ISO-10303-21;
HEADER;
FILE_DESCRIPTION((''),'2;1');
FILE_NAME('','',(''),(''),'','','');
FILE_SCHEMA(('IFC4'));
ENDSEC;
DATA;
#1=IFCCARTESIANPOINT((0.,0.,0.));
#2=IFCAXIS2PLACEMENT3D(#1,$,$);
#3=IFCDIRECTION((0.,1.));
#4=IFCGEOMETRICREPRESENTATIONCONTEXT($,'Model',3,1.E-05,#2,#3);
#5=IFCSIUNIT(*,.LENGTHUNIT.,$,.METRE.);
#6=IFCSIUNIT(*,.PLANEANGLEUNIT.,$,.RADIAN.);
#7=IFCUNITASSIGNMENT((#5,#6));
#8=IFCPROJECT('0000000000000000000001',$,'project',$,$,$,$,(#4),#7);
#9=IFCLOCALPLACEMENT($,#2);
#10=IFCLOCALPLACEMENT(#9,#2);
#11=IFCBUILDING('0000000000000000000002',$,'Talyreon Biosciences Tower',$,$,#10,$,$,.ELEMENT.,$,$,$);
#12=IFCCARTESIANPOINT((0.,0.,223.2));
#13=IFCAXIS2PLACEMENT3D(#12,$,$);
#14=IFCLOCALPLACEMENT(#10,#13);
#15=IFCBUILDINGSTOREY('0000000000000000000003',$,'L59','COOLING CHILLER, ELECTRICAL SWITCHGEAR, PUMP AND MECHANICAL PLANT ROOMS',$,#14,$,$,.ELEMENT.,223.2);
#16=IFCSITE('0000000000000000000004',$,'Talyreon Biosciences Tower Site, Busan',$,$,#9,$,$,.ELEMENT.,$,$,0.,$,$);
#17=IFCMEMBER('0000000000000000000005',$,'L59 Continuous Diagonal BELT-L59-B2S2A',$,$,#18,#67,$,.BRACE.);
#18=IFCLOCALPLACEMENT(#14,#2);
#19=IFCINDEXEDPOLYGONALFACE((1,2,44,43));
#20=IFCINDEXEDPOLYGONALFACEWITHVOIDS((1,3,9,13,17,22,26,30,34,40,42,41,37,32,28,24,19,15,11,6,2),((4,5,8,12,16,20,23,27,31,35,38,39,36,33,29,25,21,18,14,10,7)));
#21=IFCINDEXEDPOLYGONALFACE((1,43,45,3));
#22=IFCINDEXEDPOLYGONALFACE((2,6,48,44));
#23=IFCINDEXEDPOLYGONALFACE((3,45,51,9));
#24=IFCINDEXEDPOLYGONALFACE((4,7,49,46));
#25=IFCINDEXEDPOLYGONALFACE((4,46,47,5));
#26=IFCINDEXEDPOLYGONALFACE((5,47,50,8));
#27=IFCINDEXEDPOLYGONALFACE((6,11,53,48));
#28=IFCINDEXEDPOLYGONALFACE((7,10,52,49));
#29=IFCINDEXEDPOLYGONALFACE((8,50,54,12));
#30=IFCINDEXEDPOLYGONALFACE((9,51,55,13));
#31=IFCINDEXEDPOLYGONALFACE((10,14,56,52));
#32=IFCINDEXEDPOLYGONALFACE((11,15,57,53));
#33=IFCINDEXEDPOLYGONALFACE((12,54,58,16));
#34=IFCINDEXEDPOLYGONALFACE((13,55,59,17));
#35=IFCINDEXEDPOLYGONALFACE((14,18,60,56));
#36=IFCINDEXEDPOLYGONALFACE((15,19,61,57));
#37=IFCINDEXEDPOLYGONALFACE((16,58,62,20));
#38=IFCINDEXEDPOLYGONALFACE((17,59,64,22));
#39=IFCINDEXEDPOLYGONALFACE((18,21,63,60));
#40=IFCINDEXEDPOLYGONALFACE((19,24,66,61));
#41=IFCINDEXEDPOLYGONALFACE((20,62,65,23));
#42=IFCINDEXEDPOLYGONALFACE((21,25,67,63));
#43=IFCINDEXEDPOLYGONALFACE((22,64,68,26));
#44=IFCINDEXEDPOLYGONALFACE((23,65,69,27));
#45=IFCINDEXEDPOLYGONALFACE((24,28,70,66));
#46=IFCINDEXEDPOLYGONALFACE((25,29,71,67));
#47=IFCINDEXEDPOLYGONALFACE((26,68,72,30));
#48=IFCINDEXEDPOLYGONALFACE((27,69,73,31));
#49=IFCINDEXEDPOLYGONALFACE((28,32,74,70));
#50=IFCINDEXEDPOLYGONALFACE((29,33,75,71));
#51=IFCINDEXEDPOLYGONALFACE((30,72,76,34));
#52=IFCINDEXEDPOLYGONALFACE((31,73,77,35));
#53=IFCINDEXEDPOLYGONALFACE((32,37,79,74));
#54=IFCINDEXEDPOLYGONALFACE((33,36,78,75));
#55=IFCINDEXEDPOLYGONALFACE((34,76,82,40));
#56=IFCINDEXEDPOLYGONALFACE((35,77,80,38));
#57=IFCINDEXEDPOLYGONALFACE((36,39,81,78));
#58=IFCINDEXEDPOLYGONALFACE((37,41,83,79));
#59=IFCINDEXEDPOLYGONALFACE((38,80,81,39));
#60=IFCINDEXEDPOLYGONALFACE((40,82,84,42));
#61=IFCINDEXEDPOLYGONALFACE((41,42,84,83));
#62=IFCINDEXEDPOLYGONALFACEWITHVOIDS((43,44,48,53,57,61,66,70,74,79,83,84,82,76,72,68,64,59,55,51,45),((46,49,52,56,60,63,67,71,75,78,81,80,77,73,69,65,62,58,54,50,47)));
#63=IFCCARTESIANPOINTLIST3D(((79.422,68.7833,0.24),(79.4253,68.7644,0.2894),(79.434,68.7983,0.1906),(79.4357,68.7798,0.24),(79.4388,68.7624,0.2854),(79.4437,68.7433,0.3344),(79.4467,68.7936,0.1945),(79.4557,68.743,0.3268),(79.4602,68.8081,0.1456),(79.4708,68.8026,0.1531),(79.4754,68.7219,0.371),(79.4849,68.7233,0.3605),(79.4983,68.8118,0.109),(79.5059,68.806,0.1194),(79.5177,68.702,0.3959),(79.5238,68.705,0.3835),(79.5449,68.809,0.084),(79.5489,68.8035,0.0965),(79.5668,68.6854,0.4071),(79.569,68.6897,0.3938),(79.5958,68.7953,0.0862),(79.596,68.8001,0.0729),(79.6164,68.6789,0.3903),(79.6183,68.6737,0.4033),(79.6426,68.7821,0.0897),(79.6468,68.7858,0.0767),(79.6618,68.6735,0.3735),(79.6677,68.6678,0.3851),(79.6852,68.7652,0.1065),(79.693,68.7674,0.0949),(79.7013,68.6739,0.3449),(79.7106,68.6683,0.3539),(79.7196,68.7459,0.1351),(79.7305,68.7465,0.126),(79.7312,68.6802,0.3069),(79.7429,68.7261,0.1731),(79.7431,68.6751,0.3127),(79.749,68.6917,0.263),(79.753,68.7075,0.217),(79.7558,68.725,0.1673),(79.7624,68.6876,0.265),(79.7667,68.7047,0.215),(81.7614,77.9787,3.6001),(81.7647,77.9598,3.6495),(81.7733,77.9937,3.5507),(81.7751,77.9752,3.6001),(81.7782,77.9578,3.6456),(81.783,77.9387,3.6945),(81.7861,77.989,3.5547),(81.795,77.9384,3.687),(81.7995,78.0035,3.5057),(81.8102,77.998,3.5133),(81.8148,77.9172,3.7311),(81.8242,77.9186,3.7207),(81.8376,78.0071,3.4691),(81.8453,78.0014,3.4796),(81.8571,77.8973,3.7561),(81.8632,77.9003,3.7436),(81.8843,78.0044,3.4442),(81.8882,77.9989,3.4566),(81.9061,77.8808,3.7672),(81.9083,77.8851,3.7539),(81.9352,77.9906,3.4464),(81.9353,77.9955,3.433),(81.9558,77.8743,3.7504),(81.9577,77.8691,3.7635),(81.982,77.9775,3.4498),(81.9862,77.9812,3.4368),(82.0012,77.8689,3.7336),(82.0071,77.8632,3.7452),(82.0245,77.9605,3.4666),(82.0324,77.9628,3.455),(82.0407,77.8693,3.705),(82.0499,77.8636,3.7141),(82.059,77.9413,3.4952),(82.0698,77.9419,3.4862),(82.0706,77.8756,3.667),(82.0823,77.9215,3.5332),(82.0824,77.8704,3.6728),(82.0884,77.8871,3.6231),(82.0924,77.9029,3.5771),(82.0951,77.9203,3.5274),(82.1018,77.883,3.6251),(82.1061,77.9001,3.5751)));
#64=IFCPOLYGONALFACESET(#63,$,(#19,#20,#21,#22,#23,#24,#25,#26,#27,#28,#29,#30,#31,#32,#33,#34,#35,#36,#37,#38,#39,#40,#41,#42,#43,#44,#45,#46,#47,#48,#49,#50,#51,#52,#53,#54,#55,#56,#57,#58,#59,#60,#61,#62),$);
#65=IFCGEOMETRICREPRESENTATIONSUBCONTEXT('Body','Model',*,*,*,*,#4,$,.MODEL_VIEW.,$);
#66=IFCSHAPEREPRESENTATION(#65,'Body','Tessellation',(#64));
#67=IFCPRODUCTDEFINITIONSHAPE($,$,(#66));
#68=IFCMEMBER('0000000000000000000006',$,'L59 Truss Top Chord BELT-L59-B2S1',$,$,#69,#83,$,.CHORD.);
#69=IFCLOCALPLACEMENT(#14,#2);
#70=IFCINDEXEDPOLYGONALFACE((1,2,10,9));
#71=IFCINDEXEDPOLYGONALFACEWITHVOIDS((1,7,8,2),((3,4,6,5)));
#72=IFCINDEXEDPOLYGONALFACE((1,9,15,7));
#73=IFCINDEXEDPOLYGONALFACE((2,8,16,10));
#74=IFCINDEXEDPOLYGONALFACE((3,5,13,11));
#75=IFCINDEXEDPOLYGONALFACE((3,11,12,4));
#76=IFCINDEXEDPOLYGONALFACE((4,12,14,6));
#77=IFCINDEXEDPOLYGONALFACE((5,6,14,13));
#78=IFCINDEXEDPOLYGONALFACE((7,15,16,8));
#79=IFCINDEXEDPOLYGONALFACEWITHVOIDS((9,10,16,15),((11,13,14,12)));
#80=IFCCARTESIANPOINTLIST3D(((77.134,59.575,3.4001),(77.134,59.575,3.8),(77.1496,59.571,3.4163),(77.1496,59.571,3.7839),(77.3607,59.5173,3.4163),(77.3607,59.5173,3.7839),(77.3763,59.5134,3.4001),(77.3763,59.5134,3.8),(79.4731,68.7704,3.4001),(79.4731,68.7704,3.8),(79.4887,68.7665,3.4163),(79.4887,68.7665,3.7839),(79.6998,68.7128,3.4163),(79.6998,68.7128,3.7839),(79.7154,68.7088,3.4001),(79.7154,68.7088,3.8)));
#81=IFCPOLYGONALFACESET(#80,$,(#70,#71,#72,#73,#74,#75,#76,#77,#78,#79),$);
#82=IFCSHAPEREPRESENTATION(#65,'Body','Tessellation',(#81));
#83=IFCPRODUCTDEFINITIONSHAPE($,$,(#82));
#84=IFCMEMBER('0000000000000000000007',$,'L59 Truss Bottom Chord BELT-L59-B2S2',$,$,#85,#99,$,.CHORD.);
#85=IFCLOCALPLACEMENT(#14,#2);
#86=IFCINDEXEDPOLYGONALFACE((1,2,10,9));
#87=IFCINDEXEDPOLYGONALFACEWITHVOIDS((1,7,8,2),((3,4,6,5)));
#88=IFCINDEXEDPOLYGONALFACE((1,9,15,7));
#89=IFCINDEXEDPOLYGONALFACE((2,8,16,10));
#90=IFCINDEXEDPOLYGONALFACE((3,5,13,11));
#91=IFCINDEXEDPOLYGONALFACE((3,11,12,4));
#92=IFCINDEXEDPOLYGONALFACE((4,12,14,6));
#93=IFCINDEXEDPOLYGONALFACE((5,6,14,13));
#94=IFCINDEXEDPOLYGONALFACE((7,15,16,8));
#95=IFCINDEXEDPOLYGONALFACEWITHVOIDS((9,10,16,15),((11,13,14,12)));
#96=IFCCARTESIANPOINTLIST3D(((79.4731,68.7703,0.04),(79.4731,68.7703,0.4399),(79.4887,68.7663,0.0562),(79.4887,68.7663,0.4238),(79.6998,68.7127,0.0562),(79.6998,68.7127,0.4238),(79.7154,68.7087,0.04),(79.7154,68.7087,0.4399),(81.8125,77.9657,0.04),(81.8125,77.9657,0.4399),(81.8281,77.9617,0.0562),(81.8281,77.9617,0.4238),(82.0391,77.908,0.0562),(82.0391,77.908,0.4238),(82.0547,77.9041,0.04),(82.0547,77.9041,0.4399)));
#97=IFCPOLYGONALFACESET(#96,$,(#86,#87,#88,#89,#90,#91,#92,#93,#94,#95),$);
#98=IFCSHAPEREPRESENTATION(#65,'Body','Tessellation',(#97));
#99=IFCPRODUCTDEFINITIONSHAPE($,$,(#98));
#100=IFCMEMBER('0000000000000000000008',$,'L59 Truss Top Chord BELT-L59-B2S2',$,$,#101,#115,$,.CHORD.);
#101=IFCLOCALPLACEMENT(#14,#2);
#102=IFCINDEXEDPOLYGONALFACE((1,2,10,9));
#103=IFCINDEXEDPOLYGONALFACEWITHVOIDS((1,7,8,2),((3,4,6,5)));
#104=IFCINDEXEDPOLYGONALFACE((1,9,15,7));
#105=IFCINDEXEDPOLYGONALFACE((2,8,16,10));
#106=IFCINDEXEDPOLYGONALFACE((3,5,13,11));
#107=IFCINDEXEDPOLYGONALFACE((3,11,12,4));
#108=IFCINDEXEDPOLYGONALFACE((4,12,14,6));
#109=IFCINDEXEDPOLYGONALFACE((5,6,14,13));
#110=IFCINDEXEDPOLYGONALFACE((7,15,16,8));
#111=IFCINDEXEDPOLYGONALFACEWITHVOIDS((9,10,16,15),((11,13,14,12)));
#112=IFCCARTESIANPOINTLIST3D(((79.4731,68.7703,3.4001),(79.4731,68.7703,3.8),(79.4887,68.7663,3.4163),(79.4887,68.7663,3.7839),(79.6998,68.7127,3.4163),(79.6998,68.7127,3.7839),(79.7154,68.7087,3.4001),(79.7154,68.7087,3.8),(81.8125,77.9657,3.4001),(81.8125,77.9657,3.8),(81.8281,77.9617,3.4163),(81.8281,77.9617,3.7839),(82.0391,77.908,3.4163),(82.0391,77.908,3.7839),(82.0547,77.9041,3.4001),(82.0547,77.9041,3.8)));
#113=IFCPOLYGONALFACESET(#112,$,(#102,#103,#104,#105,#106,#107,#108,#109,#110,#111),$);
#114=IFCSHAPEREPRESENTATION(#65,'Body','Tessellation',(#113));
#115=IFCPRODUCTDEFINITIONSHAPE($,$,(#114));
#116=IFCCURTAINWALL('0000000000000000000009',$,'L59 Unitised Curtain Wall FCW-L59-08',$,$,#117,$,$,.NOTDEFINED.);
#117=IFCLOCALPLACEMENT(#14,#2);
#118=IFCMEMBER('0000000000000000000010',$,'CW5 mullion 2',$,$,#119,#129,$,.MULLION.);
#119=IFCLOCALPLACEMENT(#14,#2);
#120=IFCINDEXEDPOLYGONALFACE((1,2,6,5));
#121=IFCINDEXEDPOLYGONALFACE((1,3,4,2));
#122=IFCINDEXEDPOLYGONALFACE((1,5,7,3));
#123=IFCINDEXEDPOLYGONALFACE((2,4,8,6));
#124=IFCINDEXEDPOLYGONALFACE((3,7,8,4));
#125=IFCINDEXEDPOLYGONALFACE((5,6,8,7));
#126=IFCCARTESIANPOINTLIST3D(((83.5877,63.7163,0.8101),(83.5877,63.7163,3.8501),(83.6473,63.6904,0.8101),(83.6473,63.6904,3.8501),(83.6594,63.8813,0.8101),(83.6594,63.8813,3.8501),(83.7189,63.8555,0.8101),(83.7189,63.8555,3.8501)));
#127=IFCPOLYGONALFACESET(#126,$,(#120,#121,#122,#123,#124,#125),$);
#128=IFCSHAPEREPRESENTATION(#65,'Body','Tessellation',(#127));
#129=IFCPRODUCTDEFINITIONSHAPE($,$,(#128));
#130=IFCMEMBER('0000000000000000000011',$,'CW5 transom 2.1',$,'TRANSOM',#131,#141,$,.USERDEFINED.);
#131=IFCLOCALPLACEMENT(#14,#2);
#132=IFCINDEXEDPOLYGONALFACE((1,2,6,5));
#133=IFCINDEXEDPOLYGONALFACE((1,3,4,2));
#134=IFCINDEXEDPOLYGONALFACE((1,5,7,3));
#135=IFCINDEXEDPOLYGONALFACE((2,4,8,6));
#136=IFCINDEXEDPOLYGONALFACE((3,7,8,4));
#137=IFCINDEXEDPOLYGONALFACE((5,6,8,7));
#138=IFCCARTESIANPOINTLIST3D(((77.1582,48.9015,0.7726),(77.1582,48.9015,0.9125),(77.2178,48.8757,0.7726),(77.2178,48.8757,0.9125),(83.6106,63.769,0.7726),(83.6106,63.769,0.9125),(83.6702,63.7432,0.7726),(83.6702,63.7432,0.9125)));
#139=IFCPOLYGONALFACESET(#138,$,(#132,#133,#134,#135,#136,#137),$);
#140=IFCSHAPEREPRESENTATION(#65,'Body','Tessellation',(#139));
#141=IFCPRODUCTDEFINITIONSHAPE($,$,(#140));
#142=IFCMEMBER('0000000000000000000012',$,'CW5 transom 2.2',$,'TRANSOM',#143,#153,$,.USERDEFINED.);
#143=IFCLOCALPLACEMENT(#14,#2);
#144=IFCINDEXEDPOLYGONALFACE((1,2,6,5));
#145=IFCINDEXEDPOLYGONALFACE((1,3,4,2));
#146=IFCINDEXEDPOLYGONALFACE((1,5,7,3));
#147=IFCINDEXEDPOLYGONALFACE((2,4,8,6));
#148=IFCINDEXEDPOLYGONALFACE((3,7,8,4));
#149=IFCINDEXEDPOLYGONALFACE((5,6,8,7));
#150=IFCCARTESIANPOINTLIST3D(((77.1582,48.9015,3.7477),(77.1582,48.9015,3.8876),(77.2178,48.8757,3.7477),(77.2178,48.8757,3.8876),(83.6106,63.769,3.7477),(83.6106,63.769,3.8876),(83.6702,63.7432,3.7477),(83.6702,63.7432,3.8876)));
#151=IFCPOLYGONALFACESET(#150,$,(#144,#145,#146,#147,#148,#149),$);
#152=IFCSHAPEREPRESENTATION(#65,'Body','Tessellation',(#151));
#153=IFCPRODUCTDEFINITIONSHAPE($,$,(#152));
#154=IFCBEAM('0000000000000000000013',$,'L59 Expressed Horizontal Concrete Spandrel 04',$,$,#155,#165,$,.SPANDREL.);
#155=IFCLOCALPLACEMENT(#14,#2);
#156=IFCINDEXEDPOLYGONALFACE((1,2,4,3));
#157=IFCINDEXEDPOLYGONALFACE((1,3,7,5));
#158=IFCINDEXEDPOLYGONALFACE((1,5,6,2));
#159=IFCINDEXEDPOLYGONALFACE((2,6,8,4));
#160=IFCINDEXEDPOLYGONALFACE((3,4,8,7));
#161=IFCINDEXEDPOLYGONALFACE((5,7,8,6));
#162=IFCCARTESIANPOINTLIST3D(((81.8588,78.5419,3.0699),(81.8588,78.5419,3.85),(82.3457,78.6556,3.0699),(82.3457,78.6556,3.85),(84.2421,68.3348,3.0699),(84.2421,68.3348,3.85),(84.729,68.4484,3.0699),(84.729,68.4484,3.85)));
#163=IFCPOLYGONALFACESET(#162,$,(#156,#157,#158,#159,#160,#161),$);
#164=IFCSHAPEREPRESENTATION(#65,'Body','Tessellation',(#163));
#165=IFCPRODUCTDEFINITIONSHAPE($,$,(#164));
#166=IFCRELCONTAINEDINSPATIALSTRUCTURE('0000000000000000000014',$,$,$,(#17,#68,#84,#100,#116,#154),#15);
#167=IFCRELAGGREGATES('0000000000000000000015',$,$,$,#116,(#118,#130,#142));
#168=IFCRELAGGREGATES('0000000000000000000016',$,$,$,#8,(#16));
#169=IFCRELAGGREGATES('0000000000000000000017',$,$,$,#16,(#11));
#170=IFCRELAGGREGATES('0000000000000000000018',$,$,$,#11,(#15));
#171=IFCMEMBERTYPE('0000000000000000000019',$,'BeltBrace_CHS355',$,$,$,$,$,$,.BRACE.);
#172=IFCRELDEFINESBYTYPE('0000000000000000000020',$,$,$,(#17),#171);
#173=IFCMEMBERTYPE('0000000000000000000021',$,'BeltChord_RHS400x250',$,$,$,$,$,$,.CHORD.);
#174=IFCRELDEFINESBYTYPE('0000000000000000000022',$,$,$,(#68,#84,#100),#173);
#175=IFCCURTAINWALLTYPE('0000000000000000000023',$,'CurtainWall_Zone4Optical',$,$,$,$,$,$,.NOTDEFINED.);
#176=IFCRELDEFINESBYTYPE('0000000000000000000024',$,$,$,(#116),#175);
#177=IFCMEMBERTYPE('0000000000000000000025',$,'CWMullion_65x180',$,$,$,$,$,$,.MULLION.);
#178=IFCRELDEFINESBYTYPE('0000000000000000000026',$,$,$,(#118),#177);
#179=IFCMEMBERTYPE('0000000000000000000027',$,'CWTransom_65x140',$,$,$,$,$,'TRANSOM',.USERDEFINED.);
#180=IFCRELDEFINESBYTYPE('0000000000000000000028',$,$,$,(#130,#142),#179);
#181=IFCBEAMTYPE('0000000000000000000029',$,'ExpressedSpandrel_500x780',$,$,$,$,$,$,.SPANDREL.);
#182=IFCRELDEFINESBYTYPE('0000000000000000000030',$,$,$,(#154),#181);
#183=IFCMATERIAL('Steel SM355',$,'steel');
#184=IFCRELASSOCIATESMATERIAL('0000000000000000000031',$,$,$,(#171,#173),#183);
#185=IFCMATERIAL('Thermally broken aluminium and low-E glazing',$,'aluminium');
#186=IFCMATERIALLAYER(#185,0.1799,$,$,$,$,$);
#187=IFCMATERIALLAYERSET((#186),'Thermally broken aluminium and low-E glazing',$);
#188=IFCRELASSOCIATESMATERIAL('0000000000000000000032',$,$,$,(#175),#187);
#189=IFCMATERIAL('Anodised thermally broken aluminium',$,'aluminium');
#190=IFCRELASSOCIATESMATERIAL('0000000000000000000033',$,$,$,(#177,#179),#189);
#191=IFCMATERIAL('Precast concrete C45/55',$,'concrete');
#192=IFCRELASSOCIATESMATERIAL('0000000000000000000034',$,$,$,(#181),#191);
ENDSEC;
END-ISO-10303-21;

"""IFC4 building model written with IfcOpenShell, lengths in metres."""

from ifc_helpers import new_model, si_unit, direction, frame, origin, origin_2d, place, context, subcontext, project, spatial, rectangle, hollow_rectangle, hollow_circle, extrude, material, layer, layer_set, material_profile, profile_set, type_object, element, aggregate, save


model = new_model("IFC4")

# Units and contexts
model_context = context("Model", 3, precision=1e-05, world=origin(), true_north=direction((0.0, 1.0)))
body_context = subcontext(model_context, "Body", "Model", "MODEL_VIEW")
ifc_project = project(units=[si_unit("LENGTHUNIT", "METRE"), si_unit("PLANEANGLEUNIT", "RADIAN")], contexts=[model_context])

# Site, building, storey
site_placement = place(None, origin())
site = spatial("IfcSite", under=ifc_project, at=site_placement, Name="Talyreon Biosciences Tower Site, Busan", CompositionType="ELEMENT", RefElevation=0.0)
building_placement = place(site_placement, origin())
building = spatial("IfcBuilding", under=site, at=building_placement, Name="Talyreon Biosciences Tower", CompositionType="ELEMENT")
storey_placement = place(building_placement, frame((0.0, 0.0, 223.2)))
storey = spatial("IfcBuildingStorey", under=building, at=storey_placement, Name="L59", Description="COOLING CHILLER, ELECTRICAL SWITCHGEAR, PUMP AND MECHANICAL PLANT ROOMS", CompositionType="ELEMENT", Elevation=223.2)

# Members
ifc_material_1 = material(Name="Steel SM355", Category="steel")
ifc_material_profile_1 = material_profile(ifc_material_1, hollow_circle(Radius=0.1777, WallThickness=0.0142, at=origin_2d()), Name="CHS 355.6x14.2")
ifc_profile_set_1 = profile_set([ifc_material_profile_1], Name="Steel SM355")
member_type_1 = type_object("IfcMemberType", Name="BeltBrace_CHS355", PredefinedType="BRACE", material=ifc_profile_set_1)
member_1_placement = place(storey_placement, frame((79.5942, 68.7395, 0.24), z_axis=(0.232411, 0.913537, 0.33382), x_axis=(-0.969129, 0.246554, 0.0)))
element("IfcMember", 1, at=member_1_placement, inside=storey, type_object=member_type_1, Name="L59 Continuous Diagonal BELT-L59-B2S2A", PredefinedType="BRACE", context=body_context, shape_type="SweptSolid", body=[
    extrude(hollow_circle(Radius=0.1777, WallThickness=0.0142, at=origin_2d()), origin(), (0.0, 0.0, 1.0), 10.0657),
])
ifc_material_profile_2 = material_profile(ifc_material_1, hollow_rectangle(XDim=0.25, YDim=0.3999, WallThickness=0.0161, at=origin_2d()), Name="RHS 400x250x16")
ifc_profile_set_2 = profile_set([ifc_material_profile_2], Name="Steel SM355")
member_type_2 = type_object("IfcMemberType", Name="BeltChord_RHS400x250", PredefinedType="CHORD", material=ifc_profile_set_2)
for number, where, z_axis, x_axis, name in (
    (2, (77.2551, 59.5442, 3.6001), (0.246529, 0.969135, 0.0), (-0.969135, 0.246529, 0.0), "L59 Truss Top Chord BELT-L59-B2S1"),
    (3, (79.5942, 68.7395, 0.24), (0.246554, 0.969129, 0.0), (-0.969129, 0.246554, 0.0), "L59 Truss Bottom Chord BELT-L59-B2S2"),
    (4, (79.5942, 68.7395, 3.6001), (0.246554, 0.969129, 0.0), (-0.969129, 0.246554, 0.0), "L59 Truss Top Chord BELT-L59-B2S2"),
):
    element("IfcMember", number, at=place(storey_placement, frame(where, z_axis=z_axis, x_axis=x_axis)), inside=storey, type_object=member_type_2, Name=name, PredefinedType="CHORD", context=body_context, shape_type="SweptSolid", body=[
        extrude(hollow_rectangle(XDim=0.25, YDim=0.3999, WallThickness=0.0161, at=origin_2d()), origin(), (0.0, 0.0, 1.0), 9.4883),
    ])

# Curtain wall, members
ifc_material_2 = material(Name="Thermally broken aluminium and low-E glazing", Category="aluminium")
ifc_layer_1 = layer(ifc_material_2, 0.1799)
ifc_layer_set_1 = layer_set([ifc_layer_1], Name="Thermally broken aluminium and low-E glazing")
curtain_wall_type = type_object("IfcCurtainWallType", Name="CurtainWall_Zone4Optical", PredefinedType="NOTDEFINED", material=ifc_layer_set_1)
curtain_wall_placement = place(storey_placement, origin())
curtain_wall = element("IfcCurtainWall", 5, at=curtain_wall_placement, inside=storey, type_object=curtain_wall_type, Name="L59 Unitised Curtain Wall FCW-L59-08", PredefinedType="NOTDEFINED")
ifc_material_3 = material(Name="Anodised thermally broken aluminium", Category="aluminium")
ifc_material_profile_3 = material_profile(ifc_material_3, rectangle(XDim=0.0649, YDim=0.1799, at=origin_2d()), Name="ALUM MULLION 65x180")
ifc_profile_set_3 = profile_set([ifc_material_profile_3], Name="Anodised thermally broken aluminium")
member_type_3 = type_object("IfcMemberType", Name="CWMullion_65x180", PredefinedType="MULLION", material=ifc_profile_set_3)
member_2_placement = place(storey_placement, frame((83.6533, 63.7859, 0.8101), z_axis=(0.0, 0.0, 1.0), x_axis=(0.917337, -0.398112, 0.0)))
member_2 = element("IfcMember", 6, at=member_2_placement, type_object=member_type_3, Name="CW5 mullion 2", PredefinedType="MULLION", context=body_context, shape_type="SweptSolid", body=[
    extrude(rectangle(XDim=0.0649, YDim=0.1799, at=origin_2d()), origin(), (0.0, 0.0, 1.0), 3.04),
])
ifc_material_profile_4 = material_profile(ifc_material_3, rectangle(XDim=0.0649, YDim=0.1399, at=origin_2d()), Name="ALUM TRANSOM 65x140")
ifc_profile_set_4 = profile_set([ifc_material_profile_4], Name="Anodised thermally broken aluminium")
member_type_4 = type_object("IfcMemberType", Name="CWTransom_65x140", ElementType="TRANSOM", PredefinedType="USERDEFINED", material=ifc_profile_set_4)
member_3_placement = place(storey_placement, frame((83.6404, 63.7561, 0.8425), z_axis=(-0.398118, -0.917334, 0.0), x_axis=(0.917334, -0.398118, 0.0)))
member_3 = element("IfcMember", 7, at=member_3_placement, type_object=member_type_4, Name="CW5 transom 2.1", ObjectType="TRANSOM", PredefinedType="USERDEFINED", context=body_context, shape_type="SweptSolid", body=[
    extrude(rectangle(XDim=0.0649, YDim=0.1399, at=origin_2d()), origin(), (0.0, 0.0, 1.0), 16.2073),
])
member_4_placement = place(storey_placement, frame((83.6404, 63.7561, 3.8176), z_axis=(-0.398118, -0.917334, 0.0), x_axis=(0.917334, -0.398118, 0.0)))
member_4 = element("IfcMember", 8, at=member_4_placement, type_object=member_type_4, Name="CW5 transom 2.2", ObjectType="TRANSOM", PredefinedType="USERDEFINED", context=body_context, shape_type="SweptSolid", body=[
    extrude(rectangle(XDim=0.0649, YDim=0.1399, at=origin_2d()), origin(), (0.0, 0.0, 1.0), 16.2073),
])
aggregate(curtain_wall, [member_2, member_3, member_4])

# Beam
ifc_material_4 = material(Name="Precast concrete C45/55", Category="concrete")
ifc_material_profile_5 = material_profile(ifc_material_4, rectangle(XDim=0.5, YDim=0.78, at=origin_2d()), Name="RCB 500x780")
ifc_profile_set_5 = profile_set([ifc_material_profile_5], Name="Precast concrete C45/55")
beam_type = type_object("IfcBeamType", Name="ExpressedSpandrel_500x780", PredefinedType="SPANDREL", material=ifc_profile_set_5)
beam_placement = place(storey_placement, frame((84.4856, 68.3916, 3.46), z_axis=(-0.22738, 0.973806, 0.0), x_axis=(-0.973806, -0.22738, 0.0)))
element("IfcBeam", 9, at=beam_placement, inside=storey, type_object=beam_type, Name="L59 Expressed Horizontal Concrete Spandrel 04", PredefinedType="SPANDREL", context=body_context, shape_type="SweptSolid", body=[
    extrude(rectangle(XDim=0.5, YDim=0.78, at=origin_2d()), origin(), (0.0, 0.0, 1.0), 10.4817),
])

save(model, "model.ifc")
